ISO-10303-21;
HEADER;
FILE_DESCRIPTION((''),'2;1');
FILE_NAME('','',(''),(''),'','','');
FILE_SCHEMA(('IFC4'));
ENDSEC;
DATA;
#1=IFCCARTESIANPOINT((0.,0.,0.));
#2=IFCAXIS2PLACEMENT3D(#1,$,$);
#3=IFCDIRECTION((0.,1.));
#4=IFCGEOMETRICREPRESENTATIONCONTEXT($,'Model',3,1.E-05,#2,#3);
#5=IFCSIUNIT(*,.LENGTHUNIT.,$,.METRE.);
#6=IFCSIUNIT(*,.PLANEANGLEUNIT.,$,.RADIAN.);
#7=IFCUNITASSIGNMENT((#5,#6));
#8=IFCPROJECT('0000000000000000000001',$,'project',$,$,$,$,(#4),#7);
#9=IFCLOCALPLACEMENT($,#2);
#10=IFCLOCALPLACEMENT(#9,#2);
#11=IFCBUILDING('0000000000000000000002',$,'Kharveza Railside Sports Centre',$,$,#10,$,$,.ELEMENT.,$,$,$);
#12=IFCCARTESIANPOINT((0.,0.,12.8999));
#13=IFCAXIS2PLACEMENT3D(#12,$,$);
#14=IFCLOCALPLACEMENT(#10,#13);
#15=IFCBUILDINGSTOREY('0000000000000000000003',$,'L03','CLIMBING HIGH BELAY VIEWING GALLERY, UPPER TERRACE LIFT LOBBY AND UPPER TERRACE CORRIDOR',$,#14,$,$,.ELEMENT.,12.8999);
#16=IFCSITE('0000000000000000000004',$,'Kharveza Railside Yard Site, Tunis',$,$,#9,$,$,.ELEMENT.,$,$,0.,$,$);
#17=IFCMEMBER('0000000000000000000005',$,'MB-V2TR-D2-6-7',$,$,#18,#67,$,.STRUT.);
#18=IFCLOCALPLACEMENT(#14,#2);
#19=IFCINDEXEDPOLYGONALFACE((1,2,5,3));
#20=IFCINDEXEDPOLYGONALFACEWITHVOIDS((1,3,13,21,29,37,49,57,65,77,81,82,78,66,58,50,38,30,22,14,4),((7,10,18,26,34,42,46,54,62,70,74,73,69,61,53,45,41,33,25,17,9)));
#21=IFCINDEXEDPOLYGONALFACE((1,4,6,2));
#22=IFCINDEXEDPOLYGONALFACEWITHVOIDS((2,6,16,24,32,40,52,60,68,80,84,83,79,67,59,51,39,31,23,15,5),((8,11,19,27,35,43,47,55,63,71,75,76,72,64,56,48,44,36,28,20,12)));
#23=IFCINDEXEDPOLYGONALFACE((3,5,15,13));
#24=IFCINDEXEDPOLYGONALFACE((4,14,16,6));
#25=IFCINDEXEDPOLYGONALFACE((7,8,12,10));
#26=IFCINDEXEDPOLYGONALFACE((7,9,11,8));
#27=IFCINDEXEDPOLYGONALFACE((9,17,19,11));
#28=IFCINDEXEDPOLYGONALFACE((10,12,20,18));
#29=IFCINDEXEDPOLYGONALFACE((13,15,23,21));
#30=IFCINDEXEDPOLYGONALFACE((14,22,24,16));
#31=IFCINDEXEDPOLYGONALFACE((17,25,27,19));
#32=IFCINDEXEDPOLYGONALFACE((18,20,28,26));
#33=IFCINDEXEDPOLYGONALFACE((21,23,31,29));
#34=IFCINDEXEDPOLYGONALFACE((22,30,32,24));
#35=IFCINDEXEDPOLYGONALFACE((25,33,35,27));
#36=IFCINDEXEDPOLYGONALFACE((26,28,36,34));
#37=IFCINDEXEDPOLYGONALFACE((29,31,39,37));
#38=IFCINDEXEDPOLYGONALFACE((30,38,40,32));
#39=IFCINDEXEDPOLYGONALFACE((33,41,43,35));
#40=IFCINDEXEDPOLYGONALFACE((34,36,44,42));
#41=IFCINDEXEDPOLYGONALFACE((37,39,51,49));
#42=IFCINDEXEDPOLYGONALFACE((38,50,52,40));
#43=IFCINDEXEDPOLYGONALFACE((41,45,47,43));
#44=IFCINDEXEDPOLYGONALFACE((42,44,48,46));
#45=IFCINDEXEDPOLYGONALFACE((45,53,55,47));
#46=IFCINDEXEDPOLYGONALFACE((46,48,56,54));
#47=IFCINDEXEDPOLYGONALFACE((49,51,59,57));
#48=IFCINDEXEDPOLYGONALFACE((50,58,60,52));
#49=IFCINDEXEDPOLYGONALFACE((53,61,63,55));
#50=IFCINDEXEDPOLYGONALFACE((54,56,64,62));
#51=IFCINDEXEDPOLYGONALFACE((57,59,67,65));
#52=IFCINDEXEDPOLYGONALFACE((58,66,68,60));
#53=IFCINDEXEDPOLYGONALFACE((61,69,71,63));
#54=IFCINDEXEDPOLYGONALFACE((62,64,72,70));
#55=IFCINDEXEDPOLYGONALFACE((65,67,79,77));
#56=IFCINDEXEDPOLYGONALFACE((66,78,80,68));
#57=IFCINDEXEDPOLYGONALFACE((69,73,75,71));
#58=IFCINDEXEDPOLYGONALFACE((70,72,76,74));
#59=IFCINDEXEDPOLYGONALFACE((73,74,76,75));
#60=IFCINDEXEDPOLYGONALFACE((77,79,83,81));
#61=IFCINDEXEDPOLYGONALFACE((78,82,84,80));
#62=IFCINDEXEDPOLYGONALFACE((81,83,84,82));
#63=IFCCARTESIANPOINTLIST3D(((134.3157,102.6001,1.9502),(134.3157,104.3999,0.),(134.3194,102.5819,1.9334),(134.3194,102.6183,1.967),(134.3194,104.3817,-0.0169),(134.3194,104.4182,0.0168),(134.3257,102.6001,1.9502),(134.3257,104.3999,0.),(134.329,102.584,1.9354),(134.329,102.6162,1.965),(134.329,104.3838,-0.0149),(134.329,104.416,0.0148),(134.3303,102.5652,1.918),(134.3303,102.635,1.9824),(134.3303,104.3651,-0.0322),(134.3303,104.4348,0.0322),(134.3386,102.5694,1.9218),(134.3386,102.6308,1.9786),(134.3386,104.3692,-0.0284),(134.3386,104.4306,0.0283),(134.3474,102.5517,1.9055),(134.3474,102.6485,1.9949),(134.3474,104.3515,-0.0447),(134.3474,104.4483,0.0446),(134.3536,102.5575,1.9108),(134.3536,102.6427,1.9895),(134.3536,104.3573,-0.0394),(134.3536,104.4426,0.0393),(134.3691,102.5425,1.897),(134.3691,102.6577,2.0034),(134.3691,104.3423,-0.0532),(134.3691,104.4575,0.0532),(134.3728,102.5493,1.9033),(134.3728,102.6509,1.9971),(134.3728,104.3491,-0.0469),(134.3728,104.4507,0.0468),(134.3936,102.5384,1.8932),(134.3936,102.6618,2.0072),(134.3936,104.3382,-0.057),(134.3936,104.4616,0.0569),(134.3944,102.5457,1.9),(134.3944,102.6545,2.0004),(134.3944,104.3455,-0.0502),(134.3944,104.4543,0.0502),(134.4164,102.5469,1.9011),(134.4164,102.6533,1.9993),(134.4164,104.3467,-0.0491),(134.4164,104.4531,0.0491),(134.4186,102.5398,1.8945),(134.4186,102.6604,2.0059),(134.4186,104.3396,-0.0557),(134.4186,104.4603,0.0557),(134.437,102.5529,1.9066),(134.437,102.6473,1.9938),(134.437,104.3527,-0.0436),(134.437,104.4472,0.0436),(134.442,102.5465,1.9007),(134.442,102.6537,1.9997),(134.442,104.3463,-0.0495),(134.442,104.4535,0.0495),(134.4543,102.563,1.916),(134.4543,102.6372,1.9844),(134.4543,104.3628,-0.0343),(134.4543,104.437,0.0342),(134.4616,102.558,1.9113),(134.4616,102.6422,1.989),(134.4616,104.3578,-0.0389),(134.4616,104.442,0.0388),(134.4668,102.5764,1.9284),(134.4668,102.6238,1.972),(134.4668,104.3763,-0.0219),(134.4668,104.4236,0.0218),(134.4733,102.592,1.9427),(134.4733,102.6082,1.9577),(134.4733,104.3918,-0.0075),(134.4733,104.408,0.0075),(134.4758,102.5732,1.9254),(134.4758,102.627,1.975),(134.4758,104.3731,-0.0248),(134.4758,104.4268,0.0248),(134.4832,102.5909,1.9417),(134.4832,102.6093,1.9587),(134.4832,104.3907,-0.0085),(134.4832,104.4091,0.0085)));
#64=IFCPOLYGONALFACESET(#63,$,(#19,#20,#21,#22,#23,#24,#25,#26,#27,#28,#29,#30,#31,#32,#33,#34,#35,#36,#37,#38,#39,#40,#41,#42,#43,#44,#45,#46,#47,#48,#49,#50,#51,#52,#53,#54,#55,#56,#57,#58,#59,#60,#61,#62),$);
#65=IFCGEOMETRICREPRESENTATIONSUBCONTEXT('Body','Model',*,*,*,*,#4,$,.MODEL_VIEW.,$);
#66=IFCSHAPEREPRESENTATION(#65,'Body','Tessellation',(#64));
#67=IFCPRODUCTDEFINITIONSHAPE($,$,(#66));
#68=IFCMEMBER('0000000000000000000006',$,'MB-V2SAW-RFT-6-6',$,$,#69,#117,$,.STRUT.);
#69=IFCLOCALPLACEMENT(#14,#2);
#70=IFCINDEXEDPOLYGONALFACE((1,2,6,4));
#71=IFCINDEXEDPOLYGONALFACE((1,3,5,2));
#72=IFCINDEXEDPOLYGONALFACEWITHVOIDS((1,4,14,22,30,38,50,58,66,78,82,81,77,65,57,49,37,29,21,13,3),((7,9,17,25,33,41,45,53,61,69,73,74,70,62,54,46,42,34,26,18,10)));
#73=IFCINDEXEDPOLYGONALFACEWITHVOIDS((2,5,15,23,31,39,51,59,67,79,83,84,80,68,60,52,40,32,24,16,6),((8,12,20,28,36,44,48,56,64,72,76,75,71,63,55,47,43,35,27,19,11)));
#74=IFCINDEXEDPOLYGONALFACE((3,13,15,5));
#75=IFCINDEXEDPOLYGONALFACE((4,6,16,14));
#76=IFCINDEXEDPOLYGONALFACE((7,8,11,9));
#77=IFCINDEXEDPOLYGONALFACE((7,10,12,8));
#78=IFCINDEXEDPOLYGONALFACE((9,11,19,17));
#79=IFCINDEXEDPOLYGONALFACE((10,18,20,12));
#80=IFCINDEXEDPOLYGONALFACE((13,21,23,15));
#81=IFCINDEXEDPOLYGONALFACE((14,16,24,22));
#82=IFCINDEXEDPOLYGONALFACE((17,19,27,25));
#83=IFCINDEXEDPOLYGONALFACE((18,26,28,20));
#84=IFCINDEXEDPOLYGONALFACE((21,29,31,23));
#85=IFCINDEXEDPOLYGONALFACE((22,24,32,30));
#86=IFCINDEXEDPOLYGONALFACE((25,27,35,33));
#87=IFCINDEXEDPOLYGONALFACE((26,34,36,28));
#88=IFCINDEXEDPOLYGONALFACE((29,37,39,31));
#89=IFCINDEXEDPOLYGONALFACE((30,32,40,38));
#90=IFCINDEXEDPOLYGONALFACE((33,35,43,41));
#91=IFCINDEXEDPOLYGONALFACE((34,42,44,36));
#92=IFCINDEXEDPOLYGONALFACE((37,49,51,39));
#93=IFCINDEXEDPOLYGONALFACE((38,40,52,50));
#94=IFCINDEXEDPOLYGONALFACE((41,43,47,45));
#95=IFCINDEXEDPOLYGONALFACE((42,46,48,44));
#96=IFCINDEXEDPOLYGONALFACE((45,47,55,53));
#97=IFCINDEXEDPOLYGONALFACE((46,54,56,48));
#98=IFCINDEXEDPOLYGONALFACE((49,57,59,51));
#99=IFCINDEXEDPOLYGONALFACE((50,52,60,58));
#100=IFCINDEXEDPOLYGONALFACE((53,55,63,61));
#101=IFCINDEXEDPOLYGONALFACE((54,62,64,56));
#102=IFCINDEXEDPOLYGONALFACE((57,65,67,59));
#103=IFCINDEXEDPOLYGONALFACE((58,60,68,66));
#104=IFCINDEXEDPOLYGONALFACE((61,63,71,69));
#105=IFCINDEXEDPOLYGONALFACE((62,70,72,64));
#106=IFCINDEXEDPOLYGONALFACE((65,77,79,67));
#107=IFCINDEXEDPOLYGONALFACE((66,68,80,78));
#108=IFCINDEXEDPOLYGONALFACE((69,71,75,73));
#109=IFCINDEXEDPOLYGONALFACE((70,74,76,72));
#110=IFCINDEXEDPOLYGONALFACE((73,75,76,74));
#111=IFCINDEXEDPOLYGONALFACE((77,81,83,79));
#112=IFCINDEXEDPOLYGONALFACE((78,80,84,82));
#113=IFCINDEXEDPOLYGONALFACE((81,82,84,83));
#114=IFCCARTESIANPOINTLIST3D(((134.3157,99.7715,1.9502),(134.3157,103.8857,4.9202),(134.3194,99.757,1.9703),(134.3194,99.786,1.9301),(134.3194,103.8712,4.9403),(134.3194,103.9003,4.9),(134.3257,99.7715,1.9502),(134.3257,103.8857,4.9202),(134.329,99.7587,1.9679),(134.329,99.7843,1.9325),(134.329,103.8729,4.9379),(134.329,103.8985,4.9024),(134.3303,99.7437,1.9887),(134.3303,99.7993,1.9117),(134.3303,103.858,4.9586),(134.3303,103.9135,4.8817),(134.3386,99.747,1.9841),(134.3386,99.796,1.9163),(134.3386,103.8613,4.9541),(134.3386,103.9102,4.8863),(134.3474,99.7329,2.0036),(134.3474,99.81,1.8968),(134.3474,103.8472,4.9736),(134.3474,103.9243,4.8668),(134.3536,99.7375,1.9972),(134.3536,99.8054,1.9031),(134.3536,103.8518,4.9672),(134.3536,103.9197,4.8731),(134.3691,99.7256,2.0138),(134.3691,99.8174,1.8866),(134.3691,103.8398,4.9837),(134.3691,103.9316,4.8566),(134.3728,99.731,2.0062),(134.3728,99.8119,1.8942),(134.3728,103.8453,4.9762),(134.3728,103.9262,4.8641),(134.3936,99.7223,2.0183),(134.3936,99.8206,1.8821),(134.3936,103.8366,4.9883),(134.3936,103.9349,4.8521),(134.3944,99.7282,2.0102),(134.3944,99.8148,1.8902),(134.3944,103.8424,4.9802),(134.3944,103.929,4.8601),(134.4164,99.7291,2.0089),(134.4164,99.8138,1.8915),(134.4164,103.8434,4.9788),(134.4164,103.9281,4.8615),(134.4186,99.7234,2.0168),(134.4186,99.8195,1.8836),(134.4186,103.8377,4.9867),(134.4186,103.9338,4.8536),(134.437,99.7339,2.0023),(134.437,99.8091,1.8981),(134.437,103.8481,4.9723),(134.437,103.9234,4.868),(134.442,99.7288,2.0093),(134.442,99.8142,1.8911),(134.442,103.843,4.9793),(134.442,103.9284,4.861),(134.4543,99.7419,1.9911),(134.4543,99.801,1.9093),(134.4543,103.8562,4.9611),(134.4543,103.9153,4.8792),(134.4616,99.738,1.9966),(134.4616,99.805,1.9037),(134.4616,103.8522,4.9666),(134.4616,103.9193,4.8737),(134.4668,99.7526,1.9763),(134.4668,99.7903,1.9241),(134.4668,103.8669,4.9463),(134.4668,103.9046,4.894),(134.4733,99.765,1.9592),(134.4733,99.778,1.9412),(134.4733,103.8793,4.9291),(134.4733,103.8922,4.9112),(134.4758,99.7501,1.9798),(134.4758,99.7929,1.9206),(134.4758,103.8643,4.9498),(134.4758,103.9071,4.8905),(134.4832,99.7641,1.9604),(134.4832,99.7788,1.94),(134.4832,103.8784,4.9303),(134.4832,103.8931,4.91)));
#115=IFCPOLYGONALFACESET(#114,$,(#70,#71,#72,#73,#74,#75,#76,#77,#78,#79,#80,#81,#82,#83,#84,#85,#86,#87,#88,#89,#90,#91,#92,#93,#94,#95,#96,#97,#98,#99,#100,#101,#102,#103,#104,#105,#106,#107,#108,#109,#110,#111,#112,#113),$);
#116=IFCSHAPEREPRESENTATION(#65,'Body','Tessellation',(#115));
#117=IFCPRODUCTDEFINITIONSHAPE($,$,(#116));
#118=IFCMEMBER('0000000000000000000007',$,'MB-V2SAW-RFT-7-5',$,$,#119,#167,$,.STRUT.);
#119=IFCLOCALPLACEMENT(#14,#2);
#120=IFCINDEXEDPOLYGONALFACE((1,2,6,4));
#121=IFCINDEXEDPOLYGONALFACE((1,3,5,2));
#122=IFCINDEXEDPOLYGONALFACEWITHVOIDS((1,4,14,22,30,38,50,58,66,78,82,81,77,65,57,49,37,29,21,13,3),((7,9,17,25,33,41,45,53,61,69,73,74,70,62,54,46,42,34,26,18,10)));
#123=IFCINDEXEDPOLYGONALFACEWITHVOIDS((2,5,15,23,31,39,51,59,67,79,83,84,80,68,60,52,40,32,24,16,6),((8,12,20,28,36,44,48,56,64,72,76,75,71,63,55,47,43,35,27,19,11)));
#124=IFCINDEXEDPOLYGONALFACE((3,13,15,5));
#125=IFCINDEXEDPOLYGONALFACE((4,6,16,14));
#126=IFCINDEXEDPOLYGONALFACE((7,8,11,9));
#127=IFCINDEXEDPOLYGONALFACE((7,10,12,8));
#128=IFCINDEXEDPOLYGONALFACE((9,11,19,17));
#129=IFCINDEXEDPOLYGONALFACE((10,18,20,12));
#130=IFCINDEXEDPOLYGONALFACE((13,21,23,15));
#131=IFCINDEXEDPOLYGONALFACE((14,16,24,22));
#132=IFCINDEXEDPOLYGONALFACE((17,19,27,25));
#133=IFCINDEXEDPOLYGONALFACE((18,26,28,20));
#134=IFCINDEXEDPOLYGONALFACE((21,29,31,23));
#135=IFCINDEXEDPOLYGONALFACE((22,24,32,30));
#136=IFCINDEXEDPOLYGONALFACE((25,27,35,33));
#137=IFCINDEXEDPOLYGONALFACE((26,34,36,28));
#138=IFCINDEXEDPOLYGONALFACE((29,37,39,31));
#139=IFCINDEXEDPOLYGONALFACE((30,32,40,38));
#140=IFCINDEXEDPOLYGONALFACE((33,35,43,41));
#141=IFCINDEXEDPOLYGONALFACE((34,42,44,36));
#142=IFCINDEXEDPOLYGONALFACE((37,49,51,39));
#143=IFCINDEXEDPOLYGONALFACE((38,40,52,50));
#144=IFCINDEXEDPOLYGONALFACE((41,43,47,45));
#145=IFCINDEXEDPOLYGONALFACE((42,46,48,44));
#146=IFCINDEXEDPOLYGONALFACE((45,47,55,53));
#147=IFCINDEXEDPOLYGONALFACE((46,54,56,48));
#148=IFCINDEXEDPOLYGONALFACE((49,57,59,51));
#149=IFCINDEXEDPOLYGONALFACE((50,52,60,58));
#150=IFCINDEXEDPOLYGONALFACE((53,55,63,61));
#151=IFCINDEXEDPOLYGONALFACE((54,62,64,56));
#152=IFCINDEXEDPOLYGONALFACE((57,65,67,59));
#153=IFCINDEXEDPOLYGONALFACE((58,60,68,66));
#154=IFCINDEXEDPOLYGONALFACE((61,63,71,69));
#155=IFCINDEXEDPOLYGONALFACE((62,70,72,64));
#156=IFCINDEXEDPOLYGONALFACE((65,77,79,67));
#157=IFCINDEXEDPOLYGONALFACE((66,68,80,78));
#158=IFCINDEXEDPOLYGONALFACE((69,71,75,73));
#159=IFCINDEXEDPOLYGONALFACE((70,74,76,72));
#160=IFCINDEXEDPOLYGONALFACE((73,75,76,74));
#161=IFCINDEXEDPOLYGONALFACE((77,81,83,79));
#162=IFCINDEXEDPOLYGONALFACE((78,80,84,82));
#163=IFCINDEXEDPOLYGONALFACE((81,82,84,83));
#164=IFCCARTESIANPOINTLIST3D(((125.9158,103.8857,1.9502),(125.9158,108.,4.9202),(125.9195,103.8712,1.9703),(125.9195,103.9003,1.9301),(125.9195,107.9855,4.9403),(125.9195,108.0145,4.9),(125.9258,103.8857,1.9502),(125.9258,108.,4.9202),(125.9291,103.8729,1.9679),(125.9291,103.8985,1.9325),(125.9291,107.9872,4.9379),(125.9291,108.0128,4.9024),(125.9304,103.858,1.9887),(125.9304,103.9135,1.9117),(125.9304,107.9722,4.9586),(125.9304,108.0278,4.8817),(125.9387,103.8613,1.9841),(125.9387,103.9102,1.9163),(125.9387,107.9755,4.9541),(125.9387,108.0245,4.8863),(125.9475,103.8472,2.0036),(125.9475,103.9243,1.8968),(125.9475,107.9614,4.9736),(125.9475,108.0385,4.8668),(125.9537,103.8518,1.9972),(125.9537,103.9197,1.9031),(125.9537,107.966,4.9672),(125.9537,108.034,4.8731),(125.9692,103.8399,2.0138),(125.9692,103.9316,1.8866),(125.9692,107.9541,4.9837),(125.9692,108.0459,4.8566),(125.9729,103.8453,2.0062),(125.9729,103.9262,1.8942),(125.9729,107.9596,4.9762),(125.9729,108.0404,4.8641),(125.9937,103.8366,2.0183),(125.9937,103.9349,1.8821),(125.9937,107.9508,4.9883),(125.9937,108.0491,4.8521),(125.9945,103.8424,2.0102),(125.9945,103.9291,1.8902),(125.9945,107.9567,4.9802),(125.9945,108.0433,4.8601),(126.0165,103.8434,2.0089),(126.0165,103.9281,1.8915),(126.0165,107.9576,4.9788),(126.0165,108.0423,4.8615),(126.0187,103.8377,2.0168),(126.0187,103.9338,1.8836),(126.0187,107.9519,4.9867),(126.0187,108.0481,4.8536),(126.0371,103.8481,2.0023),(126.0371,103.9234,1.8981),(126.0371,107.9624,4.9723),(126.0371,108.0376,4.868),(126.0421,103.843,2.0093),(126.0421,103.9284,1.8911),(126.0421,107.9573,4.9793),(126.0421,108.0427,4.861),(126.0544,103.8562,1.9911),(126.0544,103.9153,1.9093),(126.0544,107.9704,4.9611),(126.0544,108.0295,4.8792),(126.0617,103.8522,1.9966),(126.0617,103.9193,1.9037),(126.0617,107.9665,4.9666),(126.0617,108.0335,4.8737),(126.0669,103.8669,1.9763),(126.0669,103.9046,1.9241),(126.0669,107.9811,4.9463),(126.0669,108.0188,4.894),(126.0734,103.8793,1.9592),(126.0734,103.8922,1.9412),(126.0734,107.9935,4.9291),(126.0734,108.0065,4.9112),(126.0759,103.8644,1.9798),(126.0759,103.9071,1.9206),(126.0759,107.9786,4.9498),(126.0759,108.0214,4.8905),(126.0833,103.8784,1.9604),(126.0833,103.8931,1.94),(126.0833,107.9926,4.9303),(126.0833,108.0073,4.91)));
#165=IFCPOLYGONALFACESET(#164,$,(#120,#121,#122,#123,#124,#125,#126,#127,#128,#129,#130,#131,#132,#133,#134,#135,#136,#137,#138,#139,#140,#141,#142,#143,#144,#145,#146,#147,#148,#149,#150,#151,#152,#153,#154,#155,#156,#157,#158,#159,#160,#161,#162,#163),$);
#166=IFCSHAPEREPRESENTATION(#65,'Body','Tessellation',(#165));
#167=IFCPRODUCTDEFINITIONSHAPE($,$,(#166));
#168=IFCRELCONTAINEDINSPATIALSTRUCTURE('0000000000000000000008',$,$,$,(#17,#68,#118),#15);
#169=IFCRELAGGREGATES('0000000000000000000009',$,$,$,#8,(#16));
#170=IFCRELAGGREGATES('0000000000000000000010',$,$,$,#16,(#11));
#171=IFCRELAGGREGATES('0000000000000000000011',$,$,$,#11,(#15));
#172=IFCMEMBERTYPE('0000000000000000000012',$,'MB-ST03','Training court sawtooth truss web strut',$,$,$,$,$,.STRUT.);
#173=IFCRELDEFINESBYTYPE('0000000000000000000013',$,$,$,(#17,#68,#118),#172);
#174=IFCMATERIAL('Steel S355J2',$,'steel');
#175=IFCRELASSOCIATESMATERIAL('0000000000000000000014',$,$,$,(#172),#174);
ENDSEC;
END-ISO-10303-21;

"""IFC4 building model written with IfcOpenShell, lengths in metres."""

from ifc_helpers import new_model, si_unit, direction, frame, origin, origin_2d, place, context, subcontext, project, spatial, hollow_circle, extrude, material, material_profile, profile_set, type_object, element, save


model = new_model("IFC4")

# Units and contexts
model_context = context("Model", 3, precision=1e-05, world=origin(), true_north=direction((0.0, 1.0)))
body_context = subcontext(model_context, "Body", "Model", "MODEL_VIEW")
ifc_project = project(units=[si_unit("LENGTHUNIT", "METRE"), si_unit("PLANEANGLEUNIT", "RADIAN")], contexts=[model_context])

# Site, building, storey
site_placement = place(None, origin())
site = spatial("IfcSite", under=ifc_project, at=site_placement, Name="Kharveza Railside Yard Site, Tunis", CompositionType="ELEMENT", RefElevation=0.0)
building_placement = place(site_placement, origin())
building = spatial("IfcBuilding", under=site, at=building_placement, Name="Kharveza Railside Sports Centre", CompositionType="ELEMENT")
storey_placement = place(building_placement, frame((0.0, 0.0, 12.8999)))
storey = spatial("IfcBuildingStorey", under=building, at=storey_placement, Name="L03", Description="CLIMBING HIGH BELAY VIEWING GALLERY, UPPER TERRACE LIFT LOBBY AND UPPER TERRACE CORRIDOR", CompositionType="ELEMENT", Elevation=12.8999)

# Shared definitions
ifc_material_1 = material(Name="Steel S355J2", Category="steel")

# Members
ifc_material_profile_1 = material_profile(ifc_material_1, hollow_circle(Radius=0.0842, WallThickness=0.01, at=origin_2d()), Name="CHS 168.3x10.0")
ifc_profile_set_1 = profile_set([ifc_material_profile_1], Name="Steel S355J2")
member_type_1 = type_object("IfcMemberType", Name="MB-ST03", Description="Training court sawtooth truss web strut", PredefinedType="STRUT", material=ifc_profile_set_1)
member_1_placement = place(storey_placement, frame((134.3999, 102.6001, 1.9502), z_axis=(0.0, 0.678204, -0.734874), x_axis=(-1.0, 0.0, 0.0)))
element("IfcMember", 1, at=member_1_placement, inside=storey, type_object=member_type_1, Name="MB-V2TR-D2-6-7", PredefinedType="STRUT", context=body_context, shape_type="SweptSolid", body=[
    extrude(hollow_circle(Radius=0.0842, WallThickness=0.01, at=origin_2d()), origin(), (0.0, 0.0, 1.0), 2.6538),
])
for number, where, z_axis, x_axis, name in (
    (2, (134.3999, 99.7715, 1.9502), (0.0, 0.810814, 0.585304), (-1.0, 0.0, 0.0), "MB-V2SAW-RFT-6-6"),
    (3, (126.0, 103.8857, 1.9502), (0.0, 0.810814, 0.585304), (-1.0, 0.0, 0.0), "MB-V2SAW-RFT-7-5"),
):
    element("IfcMember", number, at=place(storey_placement, frame(where, z_axis=z_axis, x_axis=x_axis)), inside=storey, type_object=member_type_1, Name=name, PredefinedType="STRUT", context=body_context, shape_type="SweptSolid", body=[
        extrude(hollow_circle(Radius=0.0842, WallThickness=0.01, at=origin_2d()), origin(), (0.0, 0.0, 1.0), 5.0742),
    ])

save(model, "model.ifc")
